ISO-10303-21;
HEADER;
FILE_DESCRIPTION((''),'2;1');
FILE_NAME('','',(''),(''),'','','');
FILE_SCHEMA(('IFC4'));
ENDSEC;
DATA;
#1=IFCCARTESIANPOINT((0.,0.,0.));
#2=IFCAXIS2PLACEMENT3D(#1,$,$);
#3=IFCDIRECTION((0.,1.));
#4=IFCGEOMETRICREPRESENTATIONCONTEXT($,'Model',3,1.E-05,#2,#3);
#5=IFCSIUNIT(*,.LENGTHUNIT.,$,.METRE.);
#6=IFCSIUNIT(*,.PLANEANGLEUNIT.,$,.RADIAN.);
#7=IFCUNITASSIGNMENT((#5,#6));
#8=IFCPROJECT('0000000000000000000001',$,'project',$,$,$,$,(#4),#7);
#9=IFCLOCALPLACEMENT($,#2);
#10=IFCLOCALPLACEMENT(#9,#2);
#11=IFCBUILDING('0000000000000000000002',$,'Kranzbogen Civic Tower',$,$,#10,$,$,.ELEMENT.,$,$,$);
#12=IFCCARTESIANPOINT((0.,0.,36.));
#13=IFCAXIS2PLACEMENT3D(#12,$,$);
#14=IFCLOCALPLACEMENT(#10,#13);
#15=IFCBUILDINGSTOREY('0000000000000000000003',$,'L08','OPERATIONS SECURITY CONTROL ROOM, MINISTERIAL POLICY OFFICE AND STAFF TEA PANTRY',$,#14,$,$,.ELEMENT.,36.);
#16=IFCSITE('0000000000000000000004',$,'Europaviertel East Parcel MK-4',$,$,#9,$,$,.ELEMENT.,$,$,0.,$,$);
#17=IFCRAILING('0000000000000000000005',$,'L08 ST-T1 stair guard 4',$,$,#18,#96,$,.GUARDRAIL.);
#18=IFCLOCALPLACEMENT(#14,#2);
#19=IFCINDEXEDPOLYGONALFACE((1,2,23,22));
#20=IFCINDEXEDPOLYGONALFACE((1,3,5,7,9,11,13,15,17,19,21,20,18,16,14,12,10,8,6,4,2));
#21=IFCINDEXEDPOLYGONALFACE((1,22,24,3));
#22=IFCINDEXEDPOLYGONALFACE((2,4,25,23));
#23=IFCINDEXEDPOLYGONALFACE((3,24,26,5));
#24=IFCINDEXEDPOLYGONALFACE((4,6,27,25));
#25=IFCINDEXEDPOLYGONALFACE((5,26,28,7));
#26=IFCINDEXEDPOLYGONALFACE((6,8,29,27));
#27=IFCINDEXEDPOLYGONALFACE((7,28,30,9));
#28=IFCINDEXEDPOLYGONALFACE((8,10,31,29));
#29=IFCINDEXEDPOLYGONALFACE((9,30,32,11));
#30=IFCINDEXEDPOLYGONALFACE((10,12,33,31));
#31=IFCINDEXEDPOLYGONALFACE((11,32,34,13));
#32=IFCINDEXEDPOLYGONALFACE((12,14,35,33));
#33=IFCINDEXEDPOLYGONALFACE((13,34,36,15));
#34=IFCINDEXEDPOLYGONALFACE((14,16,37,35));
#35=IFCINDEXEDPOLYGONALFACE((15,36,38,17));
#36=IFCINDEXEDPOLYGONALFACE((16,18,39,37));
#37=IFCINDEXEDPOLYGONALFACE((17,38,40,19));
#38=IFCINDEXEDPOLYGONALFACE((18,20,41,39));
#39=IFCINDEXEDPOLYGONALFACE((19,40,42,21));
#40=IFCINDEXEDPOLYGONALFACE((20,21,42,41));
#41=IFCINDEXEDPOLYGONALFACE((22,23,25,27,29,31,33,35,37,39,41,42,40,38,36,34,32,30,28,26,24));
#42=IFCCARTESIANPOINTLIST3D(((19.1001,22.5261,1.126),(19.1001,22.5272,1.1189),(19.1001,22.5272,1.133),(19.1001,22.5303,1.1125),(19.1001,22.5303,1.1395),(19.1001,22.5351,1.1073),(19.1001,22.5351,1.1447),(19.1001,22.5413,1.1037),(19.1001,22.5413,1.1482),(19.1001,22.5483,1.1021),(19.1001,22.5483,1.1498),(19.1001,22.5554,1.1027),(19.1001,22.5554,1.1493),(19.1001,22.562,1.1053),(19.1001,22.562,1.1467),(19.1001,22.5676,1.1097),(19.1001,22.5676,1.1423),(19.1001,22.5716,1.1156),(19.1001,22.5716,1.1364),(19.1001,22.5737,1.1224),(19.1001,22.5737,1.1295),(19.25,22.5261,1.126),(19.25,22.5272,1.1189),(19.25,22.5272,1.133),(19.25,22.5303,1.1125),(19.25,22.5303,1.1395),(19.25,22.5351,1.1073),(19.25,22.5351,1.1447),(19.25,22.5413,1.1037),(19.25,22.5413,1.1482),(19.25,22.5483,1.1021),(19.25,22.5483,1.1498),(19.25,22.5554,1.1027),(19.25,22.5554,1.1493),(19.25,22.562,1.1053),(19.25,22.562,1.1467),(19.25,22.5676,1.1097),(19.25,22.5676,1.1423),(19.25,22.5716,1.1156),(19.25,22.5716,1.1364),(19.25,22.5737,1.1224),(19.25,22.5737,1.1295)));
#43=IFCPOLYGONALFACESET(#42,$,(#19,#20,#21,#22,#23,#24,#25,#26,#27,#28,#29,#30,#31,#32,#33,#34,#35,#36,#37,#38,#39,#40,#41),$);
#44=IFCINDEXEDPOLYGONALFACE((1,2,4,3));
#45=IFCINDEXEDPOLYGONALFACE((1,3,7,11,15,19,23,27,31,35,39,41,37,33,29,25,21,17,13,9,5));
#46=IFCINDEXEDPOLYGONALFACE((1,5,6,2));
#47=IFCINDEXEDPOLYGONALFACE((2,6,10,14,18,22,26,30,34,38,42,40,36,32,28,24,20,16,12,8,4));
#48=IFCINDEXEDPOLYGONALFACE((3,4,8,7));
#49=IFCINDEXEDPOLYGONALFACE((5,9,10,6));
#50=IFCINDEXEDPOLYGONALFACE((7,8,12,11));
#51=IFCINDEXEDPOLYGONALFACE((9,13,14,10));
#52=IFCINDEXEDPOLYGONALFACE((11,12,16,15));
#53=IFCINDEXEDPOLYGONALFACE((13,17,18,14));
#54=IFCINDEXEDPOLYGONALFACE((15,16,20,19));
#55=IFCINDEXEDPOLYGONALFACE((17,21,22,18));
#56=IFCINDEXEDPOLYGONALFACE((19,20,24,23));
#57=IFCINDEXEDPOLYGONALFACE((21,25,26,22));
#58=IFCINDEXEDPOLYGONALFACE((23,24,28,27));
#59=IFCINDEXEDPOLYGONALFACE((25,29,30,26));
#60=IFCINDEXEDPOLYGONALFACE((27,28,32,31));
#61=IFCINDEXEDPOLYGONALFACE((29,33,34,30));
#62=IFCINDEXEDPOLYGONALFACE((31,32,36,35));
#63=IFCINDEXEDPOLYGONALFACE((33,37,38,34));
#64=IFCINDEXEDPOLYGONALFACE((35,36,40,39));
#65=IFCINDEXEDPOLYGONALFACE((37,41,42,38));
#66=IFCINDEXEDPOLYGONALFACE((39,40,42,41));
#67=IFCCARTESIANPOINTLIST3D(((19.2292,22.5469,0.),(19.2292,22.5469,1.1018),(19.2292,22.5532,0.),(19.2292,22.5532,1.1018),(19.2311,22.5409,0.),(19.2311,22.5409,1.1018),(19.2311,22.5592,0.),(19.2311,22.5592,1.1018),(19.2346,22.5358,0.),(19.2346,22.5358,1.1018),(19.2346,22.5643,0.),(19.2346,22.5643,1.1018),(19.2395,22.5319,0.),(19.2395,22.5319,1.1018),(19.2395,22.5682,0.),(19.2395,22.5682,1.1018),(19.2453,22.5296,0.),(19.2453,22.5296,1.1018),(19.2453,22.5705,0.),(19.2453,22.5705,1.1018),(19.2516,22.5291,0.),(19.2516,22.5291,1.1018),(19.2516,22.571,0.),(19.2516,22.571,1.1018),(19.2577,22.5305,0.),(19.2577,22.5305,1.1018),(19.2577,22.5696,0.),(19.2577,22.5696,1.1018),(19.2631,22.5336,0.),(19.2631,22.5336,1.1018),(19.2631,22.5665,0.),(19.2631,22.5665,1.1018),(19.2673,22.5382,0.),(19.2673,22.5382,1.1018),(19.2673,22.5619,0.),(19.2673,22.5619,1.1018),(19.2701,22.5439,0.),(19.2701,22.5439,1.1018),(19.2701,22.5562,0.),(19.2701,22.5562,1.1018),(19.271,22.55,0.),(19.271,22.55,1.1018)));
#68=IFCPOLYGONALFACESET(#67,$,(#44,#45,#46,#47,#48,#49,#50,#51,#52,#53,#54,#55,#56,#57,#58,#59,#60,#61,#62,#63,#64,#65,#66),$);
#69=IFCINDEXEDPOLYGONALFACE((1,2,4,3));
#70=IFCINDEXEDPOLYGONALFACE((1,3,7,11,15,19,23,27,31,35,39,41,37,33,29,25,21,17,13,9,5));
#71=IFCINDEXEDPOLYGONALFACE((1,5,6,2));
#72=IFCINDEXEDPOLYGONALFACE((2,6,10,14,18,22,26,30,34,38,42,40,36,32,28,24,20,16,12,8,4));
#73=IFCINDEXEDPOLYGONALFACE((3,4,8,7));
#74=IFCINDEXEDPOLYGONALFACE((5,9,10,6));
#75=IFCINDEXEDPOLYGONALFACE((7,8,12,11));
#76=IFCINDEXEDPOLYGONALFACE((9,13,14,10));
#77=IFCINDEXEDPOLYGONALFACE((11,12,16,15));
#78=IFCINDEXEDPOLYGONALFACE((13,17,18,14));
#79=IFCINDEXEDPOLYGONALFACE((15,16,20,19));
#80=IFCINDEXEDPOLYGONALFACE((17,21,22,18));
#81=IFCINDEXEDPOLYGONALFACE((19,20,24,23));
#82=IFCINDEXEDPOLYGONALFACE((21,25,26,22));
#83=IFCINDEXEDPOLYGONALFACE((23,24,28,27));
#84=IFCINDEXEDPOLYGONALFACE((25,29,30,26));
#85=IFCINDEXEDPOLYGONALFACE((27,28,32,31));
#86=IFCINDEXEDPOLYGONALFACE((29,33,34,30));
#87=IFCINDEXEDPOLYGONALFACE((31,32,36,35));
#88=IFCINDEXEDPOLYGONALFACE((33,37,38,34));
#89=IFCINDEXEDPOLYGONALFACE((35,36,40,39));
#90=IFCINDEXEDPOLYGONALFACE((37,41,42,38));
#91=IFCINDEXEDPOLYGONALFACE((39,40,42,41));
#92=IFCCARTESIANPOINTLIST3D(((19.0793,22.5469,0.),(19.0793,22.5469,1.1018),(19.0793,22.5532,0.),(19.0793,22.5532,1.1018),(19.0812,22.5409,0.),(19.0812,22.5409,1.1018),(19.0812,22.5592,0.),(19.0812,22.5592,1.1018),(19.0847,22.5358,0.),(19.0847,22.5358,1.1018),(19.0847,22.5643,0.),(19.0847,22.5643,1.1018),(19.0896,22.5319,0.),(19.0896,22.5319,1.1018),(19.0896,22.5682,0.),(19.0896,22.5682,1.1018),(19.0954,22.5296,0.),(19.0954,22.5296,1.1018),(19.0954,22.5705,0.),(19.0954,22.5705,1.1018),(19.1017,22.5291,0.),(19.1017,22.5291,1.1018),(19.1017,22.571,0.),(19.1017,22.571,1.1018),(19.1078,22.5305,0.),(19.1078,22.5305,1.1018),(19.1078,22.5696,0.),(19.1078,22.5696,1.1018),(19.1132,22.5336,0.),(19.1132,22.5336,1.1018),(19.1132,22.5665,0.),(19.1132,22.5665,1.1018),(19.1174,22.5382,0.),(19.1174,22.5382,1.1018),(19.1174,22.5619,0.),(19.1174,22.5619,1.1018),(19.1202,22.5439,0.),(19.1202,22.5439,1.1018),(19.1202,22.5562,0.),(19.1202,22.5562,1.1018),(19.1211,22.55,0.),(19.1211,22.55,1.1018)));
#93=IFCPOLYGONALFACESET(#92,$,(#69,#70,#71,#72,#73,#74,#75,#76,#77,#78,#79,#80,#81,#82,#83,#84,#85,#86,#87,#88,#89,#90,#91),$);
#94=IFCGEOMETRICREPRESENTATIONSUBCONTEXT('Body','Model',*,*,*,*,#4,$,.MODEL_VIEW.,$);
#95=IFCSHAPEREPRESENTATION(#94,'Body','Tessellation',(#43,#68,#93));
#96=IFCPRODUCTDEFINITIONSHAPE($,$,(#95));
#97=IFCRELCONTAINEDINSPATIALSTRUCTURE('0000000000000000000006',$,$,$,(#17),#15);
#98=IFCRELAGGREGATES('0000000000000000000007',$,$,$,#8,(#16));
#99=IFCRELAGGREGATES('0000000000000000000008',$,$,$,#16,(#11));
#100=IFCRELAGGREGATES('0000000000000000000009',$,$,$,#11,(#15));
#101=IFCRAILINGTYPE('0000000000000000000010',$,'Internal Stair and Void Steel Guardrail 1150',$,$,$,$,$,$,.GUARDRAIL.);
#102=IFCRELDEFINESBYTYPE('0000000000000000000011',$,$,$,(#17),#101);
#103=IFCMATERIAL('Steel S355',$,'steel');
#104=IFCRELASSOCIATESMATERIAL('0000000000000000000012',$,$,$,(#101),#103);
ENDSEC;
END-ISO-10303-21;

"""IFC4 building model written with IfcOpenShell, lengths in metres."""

from ifc_helpers import new_model, si_unit, direction, frame, origin, origin_2d, place, context, subcontext, project, spatial, circle, extrude, material, type_object, element, save


model = new_model("IFC4")

# Units and contexts
model_context = context("Model", 3, precision=1e-05, world=origin(), true_north=direction((0.0, 1.0)))
body_context = subcontext(model_context, "Body", "Model", "MODEL_VIEW")
ifc_project = project(units=[si_unit("LENGTHUNIT", "METRE"), si_unit("PLANEANGLEUNIT", "RADIAN")], contexts=[model_context])

# Site, building, storey
site_placement = place(None, origin())
site = spatial("IfcSite", under=ifc_project, at=site_placement, Name="Europaviertel East Parcel MK-4", CompositionType="ELEMENT", RefElevation=0.0)
building_placement = place(site_placement, origin())
building = spatial("IfcBuilding", under=site, at=building_placement, Name="Kranzbogen Civic Tower", CompositionType="ELEMENT")
storey_placement = place(building_placement, frame((0.0, 0.0, 36.0)))
storey = spatial("IfcBuildingStorey", under=building, at=storey_placement, Name="L08", Description="OPERATIONS SECURITY CONTROL ROOM, MINISTERIAL POLICY OFFICE AND STAFF TEA PANTRY", CompositionType="ELEMENT", Elevation=36.0)

# Shared definitions
ifc_material_1 = material(Name="Steel S355", Category="steel")

# Railing
railing_type = type_object("IfcRailingType", Name="Internal Stair and Void Steel Guardrail 1150", PredefinedType="GUARDRAIL", material=ifc_material_1)
railing_1_placement = place(storey_placement, frame((19.25, 22.55, 0.0)))
element("IfcRailing", 1, at=railing_1_placement, inside=storey, type_object=railing_type, Name="L08 ST-T1 stair guard 4", PredefinedType="GUARDRAIL", context=body_context, shape_type="SweptSolid", body=[
    extrude(circle(Radius=0.0239, at=origin_2d()), frame((0.0, 0.0, 1.126), z_axis=(-1.0, 0.0, 0.0), x_axis=(0.0, -1.0, 0.0)), (0.0, 0.0, 1.0), 0.1499),
    extrude(circle(Radius=0.021, at=origin_2d()), origin(), (0.0, 0.0, 1.0), 1.1018),
    extrude(circle(Radius=0.021, at=origin_2d()), frame((-0.1499, 0.0, 0.0)), (0.0, 0.0, 1.0), 1.1018),
])

save(model, "model.ifc")
